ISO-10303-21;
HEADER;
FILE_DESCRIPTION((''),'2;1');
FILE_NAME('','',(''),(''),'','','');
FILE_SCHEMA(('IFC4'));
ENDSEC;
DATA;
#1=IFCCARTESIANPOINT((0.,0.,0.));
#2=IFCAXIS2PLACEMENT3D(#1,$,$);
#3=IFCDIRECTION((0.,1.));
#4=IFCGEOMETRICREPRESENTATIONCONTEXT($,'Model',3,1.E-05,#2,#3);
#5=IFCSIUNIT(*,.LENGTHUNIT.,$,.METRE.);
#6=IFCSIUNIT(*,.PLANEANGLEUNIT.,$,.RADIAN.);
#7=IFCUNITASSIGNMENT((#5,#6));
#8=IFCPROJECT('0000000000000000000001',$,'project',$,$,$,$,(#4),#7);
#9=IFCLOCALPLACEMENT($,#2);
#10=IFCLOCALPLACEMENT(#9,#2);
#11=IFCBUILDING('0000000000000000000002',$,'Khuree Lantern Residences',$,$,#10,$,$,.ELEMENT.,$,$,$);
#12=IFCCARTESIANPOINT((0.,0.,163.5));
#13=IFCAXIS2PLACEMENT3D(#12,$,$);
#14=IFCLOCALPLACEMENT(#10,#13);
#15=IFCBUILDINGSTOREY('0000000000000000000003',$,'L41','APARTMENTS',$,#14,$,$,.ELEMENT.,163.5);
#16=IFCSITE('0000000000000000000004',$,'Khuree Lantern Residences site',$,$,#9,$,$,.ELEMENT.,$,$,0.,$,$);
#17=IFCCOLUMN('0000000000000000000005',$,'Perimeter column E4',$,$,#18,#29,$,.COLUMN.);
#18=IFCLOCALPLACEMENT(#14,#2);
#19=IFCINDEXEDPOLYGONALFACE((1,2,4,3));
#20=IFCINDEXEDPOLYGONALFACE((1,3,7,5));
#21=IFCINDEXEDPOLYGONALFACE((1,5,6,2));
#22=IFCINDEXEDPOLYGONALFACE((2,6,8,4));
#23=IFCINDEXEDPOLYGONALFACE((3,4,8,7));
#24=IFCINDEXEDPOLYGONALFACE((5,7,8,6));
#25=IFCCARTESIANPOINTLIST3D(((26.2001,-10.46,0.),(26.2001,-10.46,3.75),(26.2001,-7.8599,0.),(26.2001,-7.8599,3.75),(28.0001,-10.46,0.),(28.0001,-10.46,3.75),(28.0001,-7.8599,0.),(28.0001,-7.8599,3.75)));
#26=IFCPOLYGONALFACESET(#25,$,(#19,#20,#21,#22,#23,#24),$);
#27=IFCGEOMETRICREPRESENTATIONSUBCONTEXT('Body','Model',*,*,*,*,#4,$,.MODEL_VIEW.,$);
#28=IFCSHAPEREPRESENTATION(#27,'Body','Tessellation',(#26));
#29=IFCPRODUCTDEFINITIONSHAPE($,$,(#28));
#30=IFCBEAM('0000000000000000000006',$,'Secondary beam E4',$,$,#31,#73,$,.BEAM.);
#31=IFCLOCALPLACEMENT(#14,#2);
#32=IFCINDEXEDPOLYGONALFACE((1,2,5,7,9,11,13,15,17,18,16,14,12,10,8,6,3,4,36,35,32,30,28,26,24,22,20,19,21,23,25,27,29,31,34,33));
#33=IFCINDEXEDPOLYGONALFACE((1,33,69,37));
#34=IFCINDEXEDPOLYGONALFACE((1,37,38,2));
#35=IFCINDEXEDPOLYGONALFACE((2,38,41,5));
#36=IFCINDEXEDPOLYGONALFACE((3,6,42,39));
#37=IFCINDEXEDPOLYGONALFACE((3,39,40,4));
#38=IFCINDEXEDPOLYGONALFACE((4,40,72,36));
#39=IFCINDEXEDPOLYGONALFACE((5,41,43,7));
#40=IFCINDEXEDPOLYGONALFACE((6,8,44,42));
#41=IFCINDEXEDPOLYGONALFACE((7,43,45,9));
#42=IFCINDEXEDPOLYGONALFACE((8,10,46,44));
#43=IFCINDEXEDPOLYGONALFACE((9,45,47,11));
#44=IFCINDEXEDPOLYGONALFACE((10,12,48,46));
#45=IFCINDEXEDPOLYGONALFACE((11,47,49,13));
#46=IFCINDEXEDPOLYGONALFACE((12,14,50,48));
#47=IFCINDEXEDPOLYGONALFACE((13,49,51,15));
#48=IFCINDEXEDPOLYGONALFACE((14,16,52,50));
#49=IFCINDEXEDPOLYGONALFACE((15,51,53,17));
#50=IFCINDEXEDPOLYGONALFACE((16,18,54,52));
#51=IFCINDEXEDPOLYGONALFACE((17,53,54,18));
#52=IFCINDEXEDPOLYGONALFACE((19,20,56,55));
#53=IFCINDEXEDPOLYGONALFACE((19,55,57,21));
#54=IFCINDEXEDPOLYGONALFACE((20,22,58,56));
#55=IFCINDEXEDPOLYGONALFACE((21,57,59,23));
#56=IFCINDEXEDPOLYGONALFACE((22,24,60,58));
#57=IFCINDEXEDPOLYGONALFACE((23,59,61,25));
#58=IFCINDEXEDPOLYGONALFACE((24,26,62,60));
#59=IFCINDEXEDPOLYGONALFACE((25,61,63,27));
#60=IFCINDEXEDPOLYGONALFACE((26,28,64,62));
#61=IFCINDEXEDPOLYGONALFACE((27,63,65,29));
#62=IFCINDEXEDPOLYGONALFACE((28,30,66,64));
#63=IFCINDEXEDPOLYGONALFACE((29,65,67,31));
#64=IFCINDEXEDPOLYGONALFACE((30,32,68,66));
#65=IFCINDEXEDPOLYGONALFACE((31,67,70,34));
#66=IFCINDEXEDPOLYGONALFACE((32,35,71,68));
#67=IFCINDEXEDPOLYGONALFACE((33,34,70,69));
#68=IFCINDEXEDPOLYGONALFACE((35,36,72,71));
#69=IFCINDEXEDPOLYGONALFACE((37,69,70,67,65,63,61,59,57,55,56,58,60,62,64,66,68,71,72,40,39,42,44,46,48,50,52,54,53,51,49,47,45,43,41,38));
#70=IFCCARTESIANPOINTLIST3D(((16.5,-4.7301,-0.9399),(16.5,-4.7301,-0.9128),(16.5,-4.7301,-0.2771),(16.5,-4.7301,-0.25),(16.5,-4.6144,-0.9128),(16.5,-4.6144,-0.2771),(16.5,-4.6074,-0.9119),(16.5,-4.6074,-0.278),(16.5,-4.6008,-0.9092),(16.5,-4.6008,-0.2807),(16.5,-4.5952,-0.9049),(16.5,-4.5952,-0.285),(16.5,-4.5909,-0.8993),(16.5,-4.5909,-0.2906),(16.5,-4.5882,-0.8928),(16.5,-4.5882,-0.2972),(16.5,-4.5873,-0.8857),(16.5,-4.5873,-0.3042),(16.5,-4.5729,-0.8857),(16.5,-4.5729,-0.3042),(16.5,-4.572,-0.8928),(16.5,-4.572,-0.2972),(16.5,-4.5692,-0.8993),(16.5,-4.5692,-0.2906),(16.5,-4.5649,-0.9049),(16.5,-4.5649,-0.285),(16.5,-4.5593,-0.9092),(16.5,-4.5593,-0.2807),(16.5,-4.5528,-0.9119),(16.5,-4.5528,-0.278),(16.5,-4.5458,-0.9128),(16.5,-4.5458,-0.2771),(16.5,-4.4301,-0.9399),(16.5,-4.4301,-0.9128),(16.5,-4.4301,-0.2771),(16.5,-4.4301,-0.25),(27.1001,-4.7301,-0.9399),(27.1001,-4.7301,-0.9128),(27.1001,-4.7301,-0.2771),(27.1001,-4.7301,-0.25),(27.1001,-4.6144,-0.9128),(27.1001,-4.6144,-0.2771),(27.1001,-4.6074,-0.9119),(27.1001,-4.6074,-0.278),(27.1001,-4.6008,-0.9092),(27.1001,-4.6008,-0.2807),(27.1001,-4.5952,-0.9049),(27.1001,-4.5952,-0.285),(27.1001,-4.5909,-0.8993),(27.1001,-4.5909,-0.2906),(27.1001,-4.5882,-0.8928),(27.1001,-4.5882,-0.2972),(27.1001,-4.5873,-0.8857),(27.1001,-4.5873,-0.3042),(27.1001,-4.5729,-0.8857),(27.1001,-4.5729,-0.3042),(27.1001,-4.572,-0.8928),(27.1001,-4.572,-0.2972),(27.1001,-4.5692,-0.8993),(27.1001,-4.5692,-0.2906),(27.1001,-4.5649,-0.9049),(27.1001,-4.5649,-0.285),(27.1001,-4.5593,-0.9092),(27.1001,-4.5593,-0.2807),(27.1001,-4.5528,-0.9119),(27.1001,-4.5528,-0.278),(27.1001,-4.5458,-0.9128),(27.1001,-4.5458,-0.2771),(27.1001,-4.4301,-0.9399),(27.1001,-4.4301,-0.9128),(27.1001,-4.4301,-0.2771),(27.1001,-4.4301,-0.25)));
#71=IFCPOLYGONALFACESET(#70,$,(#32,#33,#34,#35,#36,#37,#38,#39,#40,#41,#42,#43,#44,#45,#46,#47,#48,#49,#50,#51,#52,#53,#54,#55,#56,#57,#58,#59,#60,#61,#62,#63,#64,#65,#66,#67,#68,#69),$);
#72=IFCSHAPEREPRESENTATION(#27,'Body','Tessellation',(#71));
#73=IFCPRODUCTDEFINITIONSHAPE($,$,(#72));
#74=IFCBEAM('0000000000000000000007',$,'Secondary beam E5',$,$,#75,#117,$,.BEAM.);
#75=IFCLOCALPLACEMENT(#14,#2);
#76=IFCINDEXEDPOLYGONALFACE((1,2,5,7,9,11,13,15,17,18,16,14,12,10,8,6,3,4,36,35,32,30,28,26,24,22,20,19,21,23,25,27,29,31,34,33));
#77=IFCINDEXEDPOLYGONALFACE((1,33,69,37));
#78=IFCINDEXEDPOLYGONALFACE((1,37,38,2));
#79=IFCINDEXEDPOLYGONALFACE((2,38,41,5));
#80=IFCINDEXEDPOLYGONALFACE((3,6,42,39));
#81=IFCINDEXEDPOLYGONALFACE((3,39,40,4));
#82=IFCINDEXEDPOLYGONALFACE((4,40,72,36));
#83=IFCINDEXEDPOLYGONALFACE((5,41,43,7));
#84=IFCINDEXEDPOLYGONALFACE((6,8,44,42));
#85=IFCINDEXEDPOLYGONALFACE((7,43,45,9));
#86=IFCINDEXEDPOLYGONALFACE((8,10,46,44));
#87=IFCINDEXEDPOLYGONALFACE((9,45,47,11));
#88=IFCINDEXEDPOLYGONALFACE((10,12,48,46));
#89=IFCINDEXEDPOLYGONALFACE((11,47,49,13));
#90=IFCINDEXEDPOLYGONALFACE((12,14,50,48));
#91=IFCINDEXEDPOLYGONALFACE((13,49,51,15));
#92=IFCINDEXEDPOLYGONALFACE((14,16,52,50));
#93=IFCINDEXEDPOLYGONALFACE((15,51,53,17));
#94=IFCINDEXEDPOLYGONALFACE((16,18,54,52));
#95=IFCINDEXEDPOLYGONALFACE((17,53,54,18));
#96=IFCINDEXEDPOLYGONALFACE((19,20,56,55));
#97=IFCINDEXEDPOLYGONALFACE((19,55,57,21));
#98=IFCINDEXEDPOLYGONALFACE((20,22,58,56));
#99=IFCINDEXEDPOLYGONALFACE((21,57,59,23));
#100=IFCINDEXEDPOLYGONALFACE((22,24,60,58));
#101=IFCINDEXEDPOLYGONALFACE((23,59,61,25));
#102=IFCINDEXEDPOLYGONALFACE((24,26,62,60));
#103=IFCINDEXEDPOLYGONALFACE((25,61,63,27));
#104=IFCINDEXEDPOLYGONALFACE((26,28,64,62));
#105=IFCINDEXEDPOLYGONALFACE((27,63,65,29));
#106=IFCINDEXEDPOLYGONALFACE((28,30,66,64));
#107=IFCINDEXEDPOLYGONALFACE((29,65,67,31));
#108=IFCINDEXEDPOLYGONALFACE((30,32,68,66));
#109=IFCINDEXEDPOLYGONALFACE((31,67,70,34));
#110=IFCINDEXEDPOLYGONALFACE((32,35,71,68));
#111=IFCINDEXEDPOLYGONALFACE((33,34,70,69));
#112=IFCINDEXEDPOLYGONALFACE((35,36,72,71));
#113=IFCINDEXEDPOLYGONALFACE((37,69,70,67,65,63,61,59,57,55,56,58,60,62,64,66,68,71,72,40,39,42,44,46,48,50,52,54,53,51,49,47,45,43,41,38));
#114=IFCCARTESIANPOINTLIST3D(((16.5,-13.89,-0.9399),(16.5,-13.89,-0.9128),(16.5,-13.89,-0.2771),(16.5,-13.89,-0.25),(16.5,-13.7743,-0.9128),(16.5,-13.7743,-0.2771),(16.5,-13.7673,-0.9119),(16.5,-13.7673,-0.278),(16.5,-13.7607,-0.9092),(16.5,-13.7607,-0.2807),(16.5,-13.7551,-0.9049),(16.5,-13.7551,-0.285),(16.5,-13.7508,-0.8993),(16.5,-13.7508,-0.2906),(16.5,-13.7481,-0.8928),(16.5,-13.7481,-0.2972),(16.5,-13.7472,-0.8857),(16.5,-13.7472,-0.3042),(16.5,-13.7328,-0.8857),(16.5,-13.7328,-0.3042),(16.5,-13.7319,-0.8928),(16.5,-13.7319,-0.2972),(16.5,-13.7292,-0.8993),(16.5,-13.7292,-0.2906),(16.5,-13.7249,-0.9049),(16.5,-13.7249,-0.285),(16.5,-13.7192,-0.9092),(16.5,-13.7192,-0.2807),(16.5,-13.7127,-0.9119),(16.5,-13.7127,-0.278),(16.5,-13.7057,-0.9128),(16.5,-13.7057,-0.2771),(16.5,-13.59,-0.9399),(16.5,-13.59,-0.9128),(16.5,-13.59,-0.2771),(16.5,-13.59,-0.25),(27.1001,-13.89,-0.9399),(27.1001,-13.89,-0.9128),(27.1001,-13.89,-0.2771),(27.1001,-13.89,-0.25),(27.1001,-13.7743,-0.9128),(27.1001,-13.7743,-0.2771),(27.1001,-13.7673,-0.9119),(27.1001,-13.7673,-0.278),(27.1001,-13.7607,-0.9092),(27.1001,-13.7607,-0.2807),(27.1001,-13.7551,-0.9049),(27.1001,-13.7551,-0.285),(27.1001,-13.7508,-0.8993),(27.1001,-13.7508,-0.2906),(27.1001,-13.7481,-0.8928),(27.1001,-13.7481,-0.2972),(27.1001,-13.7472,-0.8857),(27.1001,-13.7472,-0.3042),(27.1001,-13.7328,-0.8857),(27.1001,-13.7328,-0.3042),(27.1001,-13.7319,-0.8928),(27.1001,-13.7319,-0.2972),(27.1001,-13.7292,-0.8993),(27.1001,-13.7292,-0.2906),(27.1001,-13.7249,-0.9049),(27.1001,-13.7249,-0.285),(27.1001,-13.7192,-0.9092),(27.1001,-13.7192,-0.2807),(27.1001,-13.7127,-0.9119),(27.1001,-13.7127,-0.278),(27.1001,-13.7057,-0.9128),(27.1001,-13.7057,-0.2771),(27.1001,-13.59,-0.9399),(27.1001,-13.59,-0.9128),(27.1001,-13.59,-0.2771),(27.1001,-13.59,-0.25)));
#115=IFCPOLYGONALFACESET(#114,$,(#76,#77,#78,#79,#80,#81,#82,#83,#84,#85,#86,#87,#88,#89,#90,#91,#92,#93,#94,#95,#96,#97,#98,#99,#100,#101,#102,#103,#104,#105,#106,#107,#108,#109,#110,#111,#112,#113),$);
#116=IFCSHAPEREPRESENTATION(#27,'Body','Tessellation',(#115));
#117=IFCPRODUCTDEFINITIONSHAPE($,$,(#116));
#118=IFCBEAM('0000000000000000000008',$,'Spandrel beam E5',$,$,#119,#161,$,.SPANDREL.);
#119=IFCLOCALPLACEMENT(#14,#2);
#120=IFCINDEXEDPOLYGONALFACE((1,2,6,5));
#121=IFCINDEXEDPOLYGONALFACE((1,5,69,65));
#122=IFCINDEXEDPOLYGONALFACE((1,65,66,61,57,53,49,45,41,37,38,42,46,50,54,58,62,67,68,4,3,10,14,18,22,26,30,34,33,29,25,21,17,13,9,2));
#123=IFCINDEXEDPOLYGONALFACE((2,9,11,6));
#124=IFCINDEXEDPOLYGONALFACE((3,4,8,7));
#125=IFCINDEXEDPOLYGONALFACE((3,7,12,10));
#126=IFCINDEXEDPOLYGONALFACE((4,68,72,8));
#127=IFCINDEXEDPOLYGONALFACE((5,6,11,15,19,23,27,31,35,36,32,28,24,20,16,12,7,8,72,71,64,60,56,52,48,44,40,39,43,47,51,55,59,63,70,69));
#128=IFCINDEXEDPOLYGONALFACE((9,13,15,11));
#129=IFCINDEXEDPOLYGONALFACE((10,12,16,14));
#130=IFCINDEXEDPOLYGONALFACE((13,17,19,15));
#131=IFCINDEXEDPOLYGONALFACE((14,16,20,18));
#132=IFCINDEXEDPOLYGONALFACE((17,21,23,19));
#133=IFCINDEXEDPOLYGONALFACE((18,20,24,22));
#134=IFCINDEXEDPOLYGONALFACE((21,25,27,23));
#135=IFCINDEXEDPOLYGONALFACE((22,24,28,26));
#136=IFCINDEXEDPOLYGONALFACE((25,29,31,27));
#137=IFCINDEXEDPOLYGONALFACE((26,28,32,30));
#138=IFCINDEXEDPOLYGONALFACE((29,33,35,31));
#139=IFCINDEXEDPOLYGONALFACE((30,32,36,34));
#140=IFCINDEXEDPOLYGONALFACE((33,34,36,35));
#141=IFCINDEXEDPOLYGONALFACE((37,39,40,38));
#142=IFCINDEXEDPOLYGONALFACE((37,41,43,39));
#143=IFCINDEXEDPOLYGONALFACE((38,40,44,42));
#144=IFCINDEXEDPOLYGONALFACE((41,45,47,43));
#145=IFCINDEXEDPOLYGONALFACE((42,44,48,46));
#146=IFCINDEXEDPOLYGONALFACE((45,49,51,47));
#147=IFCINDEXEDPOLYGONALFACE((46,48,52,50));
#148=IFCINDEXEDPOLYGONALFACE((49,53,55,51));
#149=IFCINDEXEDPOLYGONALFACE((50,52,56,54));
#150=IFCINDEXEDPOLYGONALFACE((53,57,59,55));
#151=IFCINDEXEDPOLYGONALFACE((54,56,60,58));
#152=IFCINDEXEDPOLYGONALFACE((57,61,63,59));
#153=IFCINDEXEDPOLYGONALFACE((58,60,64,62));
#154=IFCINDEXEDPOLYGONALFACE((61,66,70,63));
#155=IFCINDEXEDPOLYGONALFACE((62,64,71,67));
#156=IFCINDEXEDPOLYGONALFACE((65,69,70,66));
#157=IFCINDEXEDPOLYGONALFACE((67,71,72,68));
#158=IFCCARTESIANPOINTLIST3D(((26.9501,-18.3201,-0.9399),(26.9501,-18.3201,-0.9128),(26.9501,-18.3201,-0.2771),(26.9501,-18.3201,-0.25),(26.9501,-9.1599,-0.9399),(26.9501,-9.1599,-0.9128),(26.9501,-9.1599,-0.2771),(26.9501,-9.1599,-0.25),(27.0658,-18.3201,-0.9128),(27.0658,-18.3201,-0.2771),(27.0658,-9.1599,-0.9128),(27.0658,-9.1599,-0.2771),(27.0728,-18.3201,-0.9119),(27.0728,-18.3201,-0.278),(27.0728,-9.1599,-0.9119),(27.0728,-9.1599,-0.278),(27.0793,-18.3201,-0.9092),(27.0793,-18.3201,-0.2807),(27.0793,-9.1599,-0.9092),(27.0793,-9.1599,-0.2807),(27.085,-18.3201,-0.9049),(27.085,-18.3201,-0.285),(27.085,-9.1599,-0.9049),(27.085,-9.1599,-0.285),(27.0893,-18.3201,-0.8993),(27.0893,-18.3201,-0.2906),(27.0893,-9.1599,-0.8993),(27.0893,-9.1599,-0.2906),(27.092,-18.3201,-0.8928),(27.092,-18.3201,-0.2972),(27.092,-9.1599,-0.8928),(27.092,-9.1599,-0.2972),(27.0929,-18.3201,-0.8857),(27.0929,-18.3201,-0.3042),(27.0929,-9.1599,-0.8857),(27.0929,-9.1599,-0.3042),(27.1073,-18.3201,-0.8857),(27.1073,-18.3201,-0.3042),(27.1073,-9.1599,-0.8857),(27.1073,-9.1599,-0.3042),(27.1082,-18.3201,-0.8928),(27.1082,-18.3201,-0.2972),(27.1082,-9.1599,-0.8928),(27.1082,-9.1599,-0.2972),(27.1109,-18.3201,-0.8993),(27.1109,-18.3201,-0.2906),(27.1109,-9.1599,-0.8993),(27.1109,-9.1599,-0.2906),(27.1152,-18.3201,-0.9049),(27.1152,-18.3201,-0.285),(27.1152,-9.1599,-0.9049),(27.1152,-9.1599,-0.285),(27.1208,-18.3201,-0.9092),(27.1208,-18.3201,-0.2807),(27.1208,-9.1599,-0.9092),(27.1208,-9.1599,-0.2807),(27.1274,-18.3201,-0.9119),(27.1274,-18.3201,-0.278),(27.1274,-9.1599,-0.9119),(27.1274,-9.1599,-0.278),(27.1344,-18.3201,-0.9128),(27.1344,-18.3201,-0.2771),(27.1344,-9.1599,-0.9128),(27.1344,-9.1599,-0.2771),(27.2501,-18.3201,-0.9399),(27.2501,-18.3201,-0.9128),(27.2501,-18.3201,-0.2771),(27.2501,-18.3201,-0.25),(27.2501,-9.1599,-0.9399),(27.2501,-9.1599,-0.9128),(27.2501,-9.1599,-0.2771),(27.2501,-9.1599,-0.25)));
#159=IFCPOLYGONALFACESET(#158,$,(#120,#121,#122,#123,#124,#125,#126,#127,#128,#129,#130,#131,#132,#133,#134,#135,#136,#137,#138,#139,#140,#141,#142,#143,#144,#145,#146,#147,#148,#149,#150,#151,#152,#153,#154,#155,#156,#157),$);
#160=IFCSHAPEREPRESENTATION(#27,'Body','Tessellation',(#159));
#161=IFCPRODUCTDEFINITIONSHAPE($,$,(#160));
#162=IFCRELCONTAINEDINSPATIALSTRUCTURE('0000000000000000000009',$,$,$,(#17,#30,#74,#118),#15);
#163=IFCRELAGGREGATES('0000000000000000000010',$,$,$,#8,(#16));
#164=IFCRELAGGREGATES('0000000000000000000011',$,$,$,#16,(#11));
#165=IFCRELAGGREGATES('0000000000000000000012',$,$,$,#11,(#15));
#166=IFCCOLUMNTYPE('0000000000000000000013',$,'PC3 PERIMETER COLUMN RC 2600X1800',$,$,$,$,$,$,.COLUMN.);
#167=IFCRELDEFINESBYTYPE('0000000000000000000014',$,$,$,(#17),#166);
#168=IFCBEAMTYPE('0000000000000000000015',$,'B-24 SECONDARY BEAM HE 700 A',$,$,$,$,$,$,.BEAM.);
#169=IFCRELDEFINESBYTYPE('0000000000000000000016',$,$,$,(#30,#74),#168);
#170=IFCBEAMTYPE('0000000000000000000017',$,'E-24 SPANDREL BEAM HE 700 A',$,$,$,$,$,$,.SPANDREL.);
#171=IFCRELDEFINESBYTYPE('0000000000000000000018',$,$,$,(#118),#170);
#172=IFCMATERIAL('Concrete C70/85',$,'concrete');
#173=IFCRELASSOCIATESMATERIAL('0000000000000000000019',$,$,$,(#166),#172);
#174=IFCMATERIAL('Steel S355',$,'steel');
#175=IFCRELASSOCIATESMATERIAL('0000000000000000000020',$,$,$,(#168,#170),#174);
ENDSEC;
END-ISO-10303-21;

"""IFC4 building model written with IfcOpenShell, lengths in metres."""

from ifc_helpers import new_model, si_unit, direction, frame, origin, origin_2d, place, context, subcontext, project, spatial, rectangle, i_section, extrude, material, material_profile, profile_set, type_object, element, save


model = new_model("IFC4")

# Units and contexts
model_context = context("Model", 3, precision=1e-05, world=origin(), true_north=direction((0.0, 1.0)))
body_context = subcontext(model_context, "Body", "Model", "MODEL_VIEW")
ifc_project = project(units=[si_unit("LENGTHUNIT", "METRE"), si_unit("PLANEANGLEUNIT", "RADIAN")], contexts=[model_context])

# Site, building, storey
site_placement = place(None, origin())
site = spatial("IfcSite", under=ifc_project, at=site_placement, Name="Khuree Lantern Residences site", CompositionType="ELEMENT", RefElevation=0.0)
building_placement = place(site_placement, origin())
building = spatial("IfcBuilding", under=site, at=building_placement, Name="Khuree Lantern Residences", CompositionType="ELEMENT")
storey_placement = place(building_placement, frame((0.0, 0.0, 163.5)))
storey = spatial("IfcBuildingStorey", under=building, at=storey_placement, Name="L41", Description="APARTMENTS", CompositionType="ELEMENT", Elevation=163.5)

# Column
ifc_material_1 = material(Name="Concrete C70/85", Category="concrete")
ifc_material_profile_1 = material_profile(ifc_material_1, rectangle(XDim=2.6001, YDim=1.8, at=origin_2d()), Name="RC 2600X1800")
ifc_profile_set_1 = profile_set([ifc_material_profile_1], Name="Concrete C70/85")
column_type = type_object("IfcColumnType", Name="PC3 PERIMETER COLUMN RC 2600X1800", PredefinedType="COLUMN", material=ifc_profile_set_1)
column_placement = place(storey_placement, frame((27.1001, -9.1599, 0.0), z_axis=(0.0, 0.0, 1.0), x_axis=(0.0, 1.0, 0.0)))
element("IfcColumn", 1, at=column_placement, inside=storey, type_object=column_type, Name="Perimeter column E4", PredefinedType="COLUMN", context=body_context, shape_type="SweptSolid", body=[
    extrude(rectangle(XDim=2.6001, YDim=1.8, at=origin_2d()), origin(), (0.0, 0.0, 1.0), 3.75),
])

# Beams
ifc_material_2 = material(Name="Steel S355", Category="steel")
ifc_material_profile_2 = material_profile(ifc_material_2, i_section(OverallWidth=0.3, OverallDepth=0.6899, WebThickness=0.0144, FlangeThickness=0.0271, FilletRadius=0.0271, at=origin_2d()), Name="HE 700 A")
ifc_profile_set_2 = profile_set([ifc_material_profile_2], Name="Steel S355")
beam_type_1 = type_object("IfcBeamType", Name="B-24 SECONDARY BEAM HE 700 A", PredefinedType="BEAM", material=ifc_profile_set_2)
for number, where, z_axis, x_axis, name in (
    (2, (27.1001, -4.5801, -0.595), (-1.0, 0.0, 0.0), (0.0, -1.0, 0.0), "Secondary beam E4"),
    (3, (27.1001, -13.74, -0.595), (-1.0, 0.0, 0.0), (0.0, -1.0, 0.0), "Secondary beam E5"),
):
    element("IfcBeam", number, at=place(storey_placement, frame(where, z_axis=z_axis, x_axis=x_axis)), inside=storey, type_object=beam_type_1, Name=name, PredefinedType="BEAM", context=body_context, shape_type="SweptSolid", body=[
        extrude(i_section(OverallWidth=0.3, OverallDepth=0.6899, WebThickness=0.0144, FlangeThickness=0.0271, FilletRadius=0.0271, at=origin_2d()), origin(), (0.0, 0.0, 1.0), 10.6001),
    ])
ifc_material_profile_3 = material_profile(ifc_material_2, i_section(OverallWidth=0.3, OverallDepth=0.6899, WebThickness=0.0144, FlangeThickness=0.0271, FilletRadius=0.0271, at=origin_2d()), Name="HE 700 A")
ifc_profile_set_3 = profile_set([ifc_material_profile_3], Name="Steel S355")
beam_type_2 = type_object("IfcBeamType", Name="E-24 SPANDREL BEAM HE 700 A", PredefinedType="SPANDREL", material=ifc_profile_set_3)
beam_1_placement = place(storey_placement, frame((27.1001, -9.1599, -0.595), z_axis=(0.0, -1.0, 0.0), x_axis=(1.0, 0.0, 0.0)))
element("IfcBeam", 4, at=beam_1_placement, inside=storey, type_object=beam_type_2, Name="Spandrel beam E5", PredefinedType="SPANDREL", context=body_context, shape_type="SweptSolid", body=[
    extrude(i_section(OverallWidth=0.3, OverallDepth=0.6899, WebThickness=0.0144, FlangeThickness=0.0271, FilletRadius=0.0271, at=origin_2d()), origin(), (0.0, 0.0, 1.0), 9.1602),
])

save(model, "model.ifc")
